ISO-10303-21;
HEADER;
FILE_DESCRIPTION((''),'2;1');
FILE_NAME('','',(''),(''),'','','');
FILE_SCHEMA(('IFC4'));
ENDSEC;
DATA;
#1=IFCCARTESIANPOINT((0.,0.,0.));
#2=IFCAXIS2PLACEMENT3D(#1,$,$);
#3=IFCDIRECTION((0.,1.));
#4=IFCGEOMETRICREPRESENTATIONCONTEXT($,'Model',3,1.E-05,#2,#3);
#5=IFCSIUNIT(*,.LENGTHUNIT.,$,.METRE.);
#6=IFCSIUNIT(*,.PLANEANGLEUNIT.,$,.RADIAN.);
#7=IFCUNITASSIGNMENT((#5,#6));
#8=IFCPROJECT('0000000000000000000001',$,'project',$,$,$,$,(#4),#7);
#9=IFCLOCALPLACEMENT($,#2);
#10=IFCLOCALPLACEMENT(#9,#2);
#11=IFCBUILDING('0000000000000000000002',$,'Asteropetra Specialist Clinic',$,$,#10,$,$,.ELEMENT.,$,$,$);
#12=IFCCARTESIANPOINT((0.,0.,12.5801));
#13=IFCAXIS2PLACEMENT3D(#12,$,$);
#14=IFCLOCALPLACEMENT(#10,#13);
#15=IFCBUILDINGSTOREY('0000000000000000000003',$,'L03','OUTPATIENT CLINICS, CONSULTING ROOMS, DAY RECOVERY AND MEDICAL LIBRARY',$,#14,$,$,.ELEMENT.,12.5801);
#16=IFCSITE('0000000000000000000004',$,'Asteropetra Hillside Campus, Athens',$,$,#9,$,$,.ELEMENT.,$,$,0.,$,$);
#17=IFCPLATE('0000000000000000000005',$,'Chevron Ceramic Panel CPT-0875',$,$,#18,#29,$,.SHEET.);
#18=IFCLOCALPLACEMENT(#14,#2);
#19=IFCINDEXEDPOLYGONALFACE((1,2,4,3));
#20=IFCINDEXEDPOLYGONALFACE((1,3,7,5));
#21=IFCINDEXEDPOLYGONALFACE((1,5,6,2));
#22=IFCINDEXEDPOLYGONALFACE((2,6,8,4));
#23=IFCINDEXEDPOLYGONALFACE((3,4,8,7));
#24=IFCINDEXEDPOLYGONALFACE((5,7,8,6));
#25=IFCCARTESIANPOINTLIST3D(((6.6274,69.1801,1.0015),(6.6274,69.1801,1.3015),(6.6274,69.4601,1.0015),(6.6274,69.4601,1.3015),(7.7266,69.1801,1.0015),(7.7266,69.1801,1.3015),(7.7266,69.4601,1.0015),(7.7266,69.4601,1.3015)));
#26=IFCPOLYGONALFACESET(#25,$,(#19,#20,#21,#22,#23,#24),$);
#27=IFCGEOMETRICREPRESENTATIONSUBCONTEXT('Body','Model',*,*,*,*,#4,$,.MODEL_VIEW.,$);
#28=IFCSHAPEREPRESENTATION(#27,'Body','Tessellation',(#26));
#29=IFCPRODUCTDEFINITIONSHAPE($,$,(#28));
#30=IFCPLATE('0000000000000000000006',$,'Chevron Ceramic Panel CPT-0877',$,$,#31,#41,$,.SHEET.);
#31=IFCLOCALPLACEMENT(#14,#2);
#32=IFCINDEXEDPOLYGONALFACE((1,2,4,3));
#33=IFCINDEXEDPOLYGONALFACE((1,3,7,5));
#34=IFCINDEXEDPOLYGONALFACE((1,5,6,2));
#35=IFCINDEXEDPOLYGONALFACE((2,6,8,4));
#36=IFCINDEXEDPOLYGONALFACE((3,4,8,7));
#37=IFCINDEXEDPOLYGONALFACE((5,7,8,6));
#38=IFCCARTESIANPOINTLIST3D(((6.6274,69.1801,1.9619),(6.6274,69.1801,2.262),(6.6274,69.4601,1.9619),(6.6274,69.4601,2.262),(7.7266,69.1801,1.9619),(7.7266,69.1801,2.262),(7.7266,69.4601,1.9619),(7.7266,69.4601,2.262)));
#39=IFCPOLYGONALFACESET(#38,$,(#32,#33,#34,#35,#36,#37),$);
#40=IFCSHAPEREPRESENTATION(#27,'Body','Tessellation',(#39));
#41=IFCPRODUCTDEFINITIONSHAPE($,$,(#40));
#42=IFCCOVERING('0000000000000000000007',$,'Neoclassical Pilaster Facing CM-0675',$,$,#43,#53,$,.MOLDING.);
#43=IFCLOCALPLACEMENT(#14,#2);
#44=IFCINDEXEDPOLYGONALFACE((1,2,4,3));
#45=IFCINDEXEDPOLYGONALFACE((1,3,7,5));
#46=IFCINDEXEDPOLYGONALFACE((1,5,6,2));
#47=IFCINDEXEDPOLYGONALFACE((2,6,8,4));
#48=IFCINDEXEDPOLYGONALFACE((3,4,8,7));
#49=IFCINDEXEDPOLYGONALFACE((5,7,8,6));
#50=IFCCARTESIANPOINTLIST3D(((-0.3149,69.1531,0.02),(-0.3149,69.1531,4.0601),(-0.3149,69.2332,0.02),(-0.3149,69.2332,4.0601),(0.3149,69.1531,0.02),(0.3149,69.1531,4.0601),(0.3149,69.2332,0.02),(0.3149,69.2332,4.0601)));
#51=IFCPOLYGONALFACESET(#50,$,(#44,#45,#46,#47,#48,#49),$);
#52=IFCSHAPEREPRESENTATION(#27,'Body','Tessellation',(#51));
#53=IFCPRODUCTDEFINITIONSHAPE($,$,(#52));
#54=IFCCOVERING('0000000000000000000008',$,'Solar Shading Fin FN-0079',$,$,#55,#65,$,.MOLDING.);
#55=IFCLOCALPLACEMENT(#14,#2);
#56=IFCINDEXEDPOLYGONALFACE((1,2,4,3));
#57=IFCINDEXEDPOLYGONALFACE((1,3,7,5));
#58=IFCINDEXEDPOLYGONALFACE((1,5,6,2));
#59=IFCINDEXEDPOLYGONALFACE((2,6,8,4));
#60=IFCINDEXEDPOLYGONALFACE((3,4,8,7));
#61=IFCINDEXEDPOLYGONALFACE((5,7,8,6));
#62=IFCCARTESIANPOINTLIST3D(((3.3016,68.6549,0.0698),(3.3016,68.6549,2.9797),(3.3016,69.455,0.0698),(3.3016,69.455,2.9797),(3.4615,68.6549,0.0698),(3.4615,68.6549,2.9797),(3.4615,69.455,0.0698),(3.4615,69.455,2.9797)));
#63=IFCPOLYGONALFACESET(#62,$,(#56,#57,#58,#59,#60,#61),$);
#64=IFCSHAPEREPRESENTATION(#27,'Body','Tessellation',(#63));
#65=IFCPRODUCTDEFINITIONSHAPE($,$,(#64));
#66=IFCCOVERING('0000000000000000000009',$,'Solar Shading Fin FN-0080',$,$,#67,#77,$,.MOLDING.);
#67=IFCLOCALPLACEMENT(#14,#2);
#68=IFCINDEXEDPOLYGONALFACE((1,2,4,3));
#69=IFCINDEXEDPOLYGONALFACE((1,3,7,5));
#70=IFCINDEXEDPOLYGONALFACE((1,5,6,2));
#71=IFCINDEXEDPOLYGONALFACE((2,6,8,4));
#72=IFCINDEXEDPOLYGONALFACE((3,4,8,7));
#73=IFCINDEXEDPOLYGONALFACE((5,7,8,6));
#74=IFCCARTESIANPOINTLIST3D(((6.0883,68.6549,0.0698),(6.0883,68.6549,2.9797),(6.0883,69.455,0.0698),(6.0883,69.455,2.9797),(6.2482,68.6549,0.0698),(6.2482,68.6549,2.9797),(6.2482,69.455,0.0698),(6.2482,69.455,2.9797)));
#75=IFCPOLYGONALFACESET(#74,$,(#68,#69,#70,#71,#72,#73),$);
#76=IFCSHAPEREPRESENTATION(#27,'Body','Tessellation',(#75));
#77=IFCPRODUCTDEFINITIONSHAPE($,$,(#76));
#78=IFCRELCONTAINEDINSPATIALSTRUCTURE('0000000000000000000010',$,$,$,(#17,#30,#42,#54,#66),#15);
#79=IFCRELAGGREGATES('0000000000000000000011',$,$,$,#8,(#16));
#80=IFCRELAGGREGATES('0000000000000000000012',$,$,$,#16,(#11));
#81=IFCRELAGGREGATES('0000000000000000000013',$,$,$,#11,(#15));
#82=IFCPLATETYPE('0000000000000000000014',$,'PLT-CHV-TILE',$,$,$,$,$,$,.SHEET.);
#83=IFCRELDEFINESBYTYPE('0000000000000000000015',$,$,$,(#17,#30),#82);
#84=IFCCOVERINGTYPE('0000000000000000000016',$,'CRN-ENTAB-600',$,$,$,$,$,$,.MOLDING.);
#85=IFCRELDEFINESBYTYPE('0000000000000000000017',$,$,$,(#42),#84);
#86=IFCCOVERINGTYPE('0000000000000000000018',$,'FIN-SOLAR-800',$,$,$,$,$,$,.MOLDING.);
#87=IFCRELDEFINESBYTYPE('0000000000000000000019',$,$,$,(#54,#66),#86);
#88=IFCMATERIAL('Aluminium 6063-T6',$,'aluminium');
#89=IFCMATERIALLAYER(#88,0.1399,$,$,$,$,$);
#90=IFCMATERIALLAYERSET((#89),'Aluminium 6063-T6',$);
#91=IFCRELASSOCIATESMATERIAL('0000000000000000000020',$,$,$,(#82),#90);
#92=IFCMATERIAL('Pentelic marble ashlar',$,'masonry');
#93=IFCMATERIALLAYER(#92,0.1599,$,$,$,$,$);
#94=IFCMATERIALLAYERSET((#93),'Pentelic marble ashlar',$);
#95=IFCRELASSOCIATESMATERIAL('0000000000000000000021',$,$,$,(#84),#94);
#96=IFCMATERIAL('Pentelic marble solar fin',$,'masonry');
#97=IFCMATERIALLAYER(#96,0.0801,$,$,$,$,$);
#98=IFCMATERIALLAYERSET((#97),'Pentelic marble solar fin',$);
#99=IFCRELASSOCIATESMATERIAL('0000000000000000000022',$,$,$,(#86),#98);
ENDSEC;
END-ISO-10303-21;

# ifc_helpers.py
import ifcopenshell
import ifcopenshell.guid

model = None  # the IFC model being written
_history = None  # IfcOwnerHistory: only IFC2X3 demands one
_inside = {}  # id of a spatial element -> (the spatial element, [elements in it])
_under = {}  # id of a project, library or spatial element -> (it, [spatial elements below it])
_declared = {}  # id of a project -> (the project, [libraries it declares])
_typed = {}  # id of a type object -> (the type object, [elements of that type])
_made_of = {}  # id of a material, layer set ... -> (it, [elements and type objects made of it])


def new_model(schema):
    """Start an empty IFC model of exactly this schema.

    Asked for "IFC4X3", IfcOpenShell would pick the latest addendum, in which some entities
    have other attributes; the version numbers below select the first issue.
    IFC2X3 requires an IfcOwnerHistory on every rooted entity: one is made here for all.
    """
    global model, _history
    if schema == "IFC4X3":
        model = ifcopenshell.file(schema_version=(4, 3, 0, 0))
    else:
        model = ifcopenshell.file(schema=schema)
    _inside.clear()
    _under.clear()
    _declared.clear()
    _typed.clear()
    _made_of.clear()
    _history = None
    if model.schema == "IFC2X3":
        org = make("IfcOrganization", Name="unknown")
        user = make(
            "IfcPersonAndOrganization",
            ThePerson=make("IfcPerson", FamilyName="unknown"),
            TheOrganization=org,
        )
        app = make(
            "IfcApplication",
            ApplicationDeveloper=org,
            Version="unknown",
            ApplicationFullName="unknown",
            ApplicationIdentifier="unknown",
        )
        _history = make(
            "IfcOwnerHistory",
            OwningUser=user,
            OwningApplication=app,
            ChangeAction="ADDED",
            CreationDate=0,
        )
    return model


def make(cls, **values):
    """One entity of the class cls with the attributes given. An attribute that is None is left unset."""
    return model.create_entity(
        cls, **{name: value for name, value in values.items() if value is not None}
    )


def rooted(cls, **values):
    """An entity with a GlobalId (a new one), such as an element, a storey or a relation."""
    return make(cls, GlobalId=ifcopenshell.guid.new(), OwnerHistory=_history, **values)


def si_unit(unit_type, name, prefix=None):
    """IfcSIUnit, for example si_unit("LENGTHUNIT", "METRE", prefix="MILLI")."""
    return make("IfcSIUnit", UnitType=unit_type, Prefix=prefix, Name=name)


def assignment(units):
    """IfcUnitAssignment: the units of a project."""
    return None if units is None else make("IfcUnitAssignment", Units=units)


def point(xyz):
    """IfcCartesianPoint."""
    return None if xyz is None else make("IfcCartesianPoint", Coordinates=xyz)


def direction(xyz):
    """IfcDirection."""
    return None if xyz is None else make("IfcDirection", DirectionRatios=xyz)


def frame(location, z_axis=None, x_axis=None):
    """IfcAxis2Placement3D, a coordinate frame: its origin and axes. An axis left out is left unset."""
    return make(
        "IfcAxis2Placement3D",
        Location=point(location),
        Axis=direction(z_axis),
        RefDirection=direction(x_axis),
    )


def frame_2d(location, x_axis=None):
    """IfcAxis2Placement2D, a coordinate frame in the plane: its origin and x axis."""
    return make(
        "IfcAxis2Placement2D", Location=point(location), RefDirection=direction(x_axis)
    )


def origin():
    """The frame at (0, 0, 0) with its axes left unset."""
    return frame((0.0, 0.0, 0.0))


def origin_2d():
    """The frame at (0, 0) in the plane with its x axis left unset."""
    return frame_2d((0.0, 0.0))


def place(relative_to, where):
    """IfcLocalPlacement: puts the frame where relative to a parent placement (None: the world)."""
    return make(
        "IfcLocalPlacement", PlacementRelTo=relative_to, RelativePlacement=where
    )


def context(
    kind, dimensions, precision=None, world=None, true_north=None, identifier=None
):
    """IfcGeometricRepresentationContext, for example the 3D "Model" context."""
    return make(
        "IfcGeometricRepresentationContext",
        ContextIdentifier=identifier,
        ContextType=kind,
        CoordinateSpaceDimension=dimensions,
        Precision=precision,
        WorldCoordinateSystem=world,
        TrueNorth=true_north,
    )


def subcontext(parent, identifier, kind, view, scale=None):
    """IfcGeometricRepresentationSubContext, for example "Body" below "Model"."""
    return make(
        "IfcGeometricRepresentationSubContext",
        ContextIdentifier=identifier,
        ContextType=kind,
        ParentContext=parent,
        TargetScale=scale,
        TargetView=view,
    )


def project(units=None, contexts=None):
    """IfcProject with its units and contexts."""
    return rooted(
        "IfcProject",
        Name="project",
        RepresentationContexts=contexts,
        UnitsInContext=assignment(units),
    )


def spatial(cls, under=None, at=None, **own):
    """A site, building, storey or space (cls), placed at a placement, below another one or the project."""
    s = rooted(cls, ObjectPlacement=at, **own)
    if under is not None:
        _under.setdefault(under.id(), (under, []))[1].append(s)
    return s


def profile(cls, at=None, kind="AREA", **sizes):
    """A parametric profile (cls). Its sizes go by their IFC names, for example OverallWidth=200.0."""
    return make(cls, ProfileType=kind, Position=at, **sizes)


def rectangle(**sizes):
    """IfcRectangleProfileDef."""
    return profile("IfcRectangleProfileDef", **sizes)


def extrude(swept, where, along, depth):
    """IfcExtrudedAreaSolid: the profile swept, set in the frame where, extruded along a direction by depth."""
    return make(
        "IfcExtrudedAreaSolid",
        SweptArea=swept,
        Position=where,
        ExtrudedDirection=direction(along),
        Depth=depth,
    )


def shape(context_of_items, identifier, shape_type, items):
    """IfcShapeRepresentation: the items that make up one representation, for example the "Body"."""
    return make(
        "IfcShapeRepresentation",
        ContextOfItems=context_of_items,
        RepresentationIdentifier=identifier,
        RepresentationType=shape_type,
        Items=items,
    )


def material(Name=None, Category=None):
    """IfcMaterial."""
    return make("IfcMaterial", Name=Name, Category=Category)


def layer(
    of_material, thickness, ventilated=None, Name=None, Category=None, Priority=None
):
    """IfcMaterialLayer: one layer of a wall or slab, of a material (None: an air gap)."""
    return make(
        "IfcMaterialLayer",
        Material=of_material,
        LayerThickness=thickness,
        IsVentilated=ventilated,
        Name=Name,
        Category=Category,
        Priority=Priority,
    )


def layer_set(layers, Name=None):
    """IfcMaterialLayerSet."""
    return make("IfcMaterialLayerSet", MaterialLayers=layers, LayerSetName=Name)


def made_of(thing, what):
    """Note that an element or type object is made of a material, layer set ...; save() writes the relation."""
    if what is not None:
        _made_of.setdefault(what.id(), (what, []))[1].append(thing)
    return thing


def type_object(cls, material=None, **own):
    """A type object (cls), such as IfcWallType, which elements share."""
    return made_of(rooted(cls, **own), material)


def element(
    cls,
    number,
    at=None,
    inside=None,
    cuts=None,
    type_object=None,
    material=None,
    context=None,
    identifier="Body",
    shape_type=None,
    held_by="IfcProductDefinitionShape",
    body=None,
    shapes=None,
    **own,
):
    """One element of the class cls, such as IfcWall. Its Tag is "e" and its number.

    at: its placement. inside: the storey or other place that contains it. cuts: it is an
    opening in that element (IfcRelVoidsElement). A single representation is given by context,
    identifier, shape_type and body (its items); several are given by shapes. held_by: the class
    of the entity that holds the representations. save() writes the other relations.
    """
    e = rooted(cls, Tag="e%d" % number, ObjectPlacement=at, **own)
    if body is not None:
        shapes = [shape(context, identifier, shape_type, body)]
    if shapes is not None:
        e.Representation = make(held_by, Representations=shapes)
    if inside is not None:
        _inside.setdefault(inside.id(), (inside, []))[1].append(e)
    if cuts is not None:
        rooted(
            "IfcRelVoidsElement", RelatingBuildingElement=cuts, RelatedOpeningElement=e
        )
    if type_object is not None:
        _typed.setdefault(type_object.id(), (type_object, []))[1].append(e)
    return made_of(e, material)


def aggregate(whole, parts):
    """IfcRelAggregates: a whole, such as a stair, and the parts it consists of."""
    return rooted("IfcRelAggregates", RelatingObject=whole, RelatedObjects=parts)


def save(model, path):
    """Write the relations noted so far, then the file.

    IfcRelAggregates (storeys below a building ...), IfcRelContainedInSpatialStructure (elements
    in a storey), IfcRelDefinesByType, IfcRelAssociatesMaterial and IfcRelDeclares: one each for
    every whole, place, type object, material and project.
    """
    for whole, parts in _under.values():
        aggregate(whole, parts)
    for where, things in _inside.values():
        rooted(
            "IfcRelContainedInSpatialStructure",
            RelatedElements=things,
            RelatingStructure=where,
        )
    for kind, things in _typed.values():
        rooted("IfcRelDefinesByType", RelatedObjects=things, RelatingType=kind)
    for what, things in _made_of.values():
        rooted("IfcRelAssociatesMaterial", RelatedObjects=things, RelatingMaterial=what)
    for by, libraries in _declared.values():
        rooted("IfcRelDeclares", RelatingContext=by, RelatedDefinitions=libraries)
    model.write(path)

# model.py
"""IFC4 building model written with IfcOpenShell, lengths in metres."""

from ifc_helpers import new_model, si_unit, direction, frame, origin, origin_2d, place, context, subcontext, project, spatial, rectangle, extrude, material, layer, layer_set, type_object, element, save


model = new_model("IFC4")

# Units and contexts
model_context = context("Model", 3, precision=1e-05, world=origin(), true_north=direction((0.0, 1.0)))
body_context = subcontext(model_context, "Body", "Model", "MODEL_VIEW")
ifc_project = project(units=[si_unit("LENGTHUNIT", "METRE"), si_unit("PLANEANGLEUNIT", "RADIAN")], contexts=[model_context])

# Site, building, storey
site_placement = place(None, origin())
site = spatial("IfcSite", under=ifc_project, at=site_placement, Name="Asteropetra Hillside Campus, Athens", CompositionType="ELEMENT", RefElevation=0.0)
building_placement = place(site_placement, origin())
building = spatial("IfcBuilding", under=site, at=building_placement, Name="Asteropetra Specialist Clinic", CompositionType="ELEMENT")
storey_placement = place(building_placement, frame((0.0, 0.0, 12.5801)))
storey = spatial("IfcBuildingStorey", under=building, at=storey_placement, Name="L03", Description="OUTPATIENT CLINICS, CONSULTING ROOMS, DAY RECOVERY AND MEDICAL LIBRARY", CompositionType="ELEMENT", Elevation=12.5801)

# Plates
ifc_material_1 = material(Name="Aluminium 6063-T6", Category="aluminium")
ifc_layer_1 = layer(ifc_material_1, 0.1399)
ifc_layer_set_1 = layer_set([ifc_layer_1], Name="Aluminium 6063-T6")
plate_type_1 = type_object("IfcPlateType", Name="PLT-CHV-TILE", PredefinedType="SHEET", material=ifc_layer_set_1)
for number, where, z_axis, x_axis, name in (
    (1, (7.177, 69.3201, 1.0015), (0.0, 0.0, 1.0), (1.0, 0.0, 0.0), "Chevron Ceramic Panel CPT-0875"),
    (2, (7.177, 69.3201, 1.9619), (0.0, 0.0, 1.0), (1.0, 0.0, 0.0), "Chevron Ceramic Panel CPT-0877"),
):
    element("IfcPlate", number, at=place(storey_placement, frame(where, z_axis=z_axis, x_axis=x_axis)), inside=storey, type_object=plate_type_1, Name=name, PredefinedType="SHEET", context=body_context, shape_type="SweptSolid", body=[
        extrude(rectangle(XDim=1.0991, YDim=0.28, at=origin_2d()), origin(), (0.0, 0.0, 1.0), 0.3),
    ])

# Coverings
ifc_material_2 = material(Name="Pentelic marble ashlar", Category="masonry")
ifc_layer_2 = layer(ifc_material_2, 0.1599)
ifc_layer_set_2 = layer_set([ifc_layer_2], Name="Pentelic marble ashlar")
covering_type_1 = type_object("IfcCoveringType", Name="CRN-ENTAB-600", PredefinedType="MOLDING", material=ifc_layer_set_2)
covering_placement = place(storey_placement, frame((0.0, 69.1931, 0.02), z_axis=(0.0, 0.0, 1.0), x_axis=(1.0, 0.0, 0.0)))
element("IfcCovering", 3, at=covering_placement, inside=storey, type_object=covering_type_1, Name="Neoclassical Pilaster Facing CM-0675", PredefinedType="MOLDING", context=body_context, shape_type="SweptSolid", body=[
    extrude(rectangle(XDim=0.6299, YDim=0.0801, at=origin_2d()), origin(), (0.0, 0.0, 1.0), 4.04),
])
ifc_material_3 = material(Name="Pentelic marble solar fin", Category="masonry")
ifc_layer_3 = layer(ifc_material_3, 0.0801)
ifc_layer_set_3 = layer_set([ifc_layer_3], Name="Pentelic marble solar fin")
covering_type_2 = type_object("IfcCoveringType", Name="FIN-SOLAR-800", PredefinedType="MOLDING", material=ifc_layer_set_3)
for number, where, z_axis, x_axis, name in (
    (4, (3.3816, 69.0549, 0.0698), (0.0, 0.0, 1.0), (1.0, 0.0, 0.0), "Solar Shading Fin FN-0079"),
    (5, (6.1682, 69.0549, 0.0698), (0.0, 0.0, 1.0), (1.0, 0.0, 0.0), "Solar Shading Fin FN-0080"),
):
    element("IfcCovering", number, at=place(storey_placement, frame(where, z_axis=z_axis, x_axis=x_axis)), inside=storey, type_object=covering_type_2, Name=name, PredefinedType="MOLDING", context=body_context, shape_type="SweptSolid", body=[
        extrude(rectangle(XDim=0.1599, YDim=0.8, at=origin_2d()), origin(), (0.0, 0.0, 1.0), 2.9099),
    ])

save(model, "model.ifc")
